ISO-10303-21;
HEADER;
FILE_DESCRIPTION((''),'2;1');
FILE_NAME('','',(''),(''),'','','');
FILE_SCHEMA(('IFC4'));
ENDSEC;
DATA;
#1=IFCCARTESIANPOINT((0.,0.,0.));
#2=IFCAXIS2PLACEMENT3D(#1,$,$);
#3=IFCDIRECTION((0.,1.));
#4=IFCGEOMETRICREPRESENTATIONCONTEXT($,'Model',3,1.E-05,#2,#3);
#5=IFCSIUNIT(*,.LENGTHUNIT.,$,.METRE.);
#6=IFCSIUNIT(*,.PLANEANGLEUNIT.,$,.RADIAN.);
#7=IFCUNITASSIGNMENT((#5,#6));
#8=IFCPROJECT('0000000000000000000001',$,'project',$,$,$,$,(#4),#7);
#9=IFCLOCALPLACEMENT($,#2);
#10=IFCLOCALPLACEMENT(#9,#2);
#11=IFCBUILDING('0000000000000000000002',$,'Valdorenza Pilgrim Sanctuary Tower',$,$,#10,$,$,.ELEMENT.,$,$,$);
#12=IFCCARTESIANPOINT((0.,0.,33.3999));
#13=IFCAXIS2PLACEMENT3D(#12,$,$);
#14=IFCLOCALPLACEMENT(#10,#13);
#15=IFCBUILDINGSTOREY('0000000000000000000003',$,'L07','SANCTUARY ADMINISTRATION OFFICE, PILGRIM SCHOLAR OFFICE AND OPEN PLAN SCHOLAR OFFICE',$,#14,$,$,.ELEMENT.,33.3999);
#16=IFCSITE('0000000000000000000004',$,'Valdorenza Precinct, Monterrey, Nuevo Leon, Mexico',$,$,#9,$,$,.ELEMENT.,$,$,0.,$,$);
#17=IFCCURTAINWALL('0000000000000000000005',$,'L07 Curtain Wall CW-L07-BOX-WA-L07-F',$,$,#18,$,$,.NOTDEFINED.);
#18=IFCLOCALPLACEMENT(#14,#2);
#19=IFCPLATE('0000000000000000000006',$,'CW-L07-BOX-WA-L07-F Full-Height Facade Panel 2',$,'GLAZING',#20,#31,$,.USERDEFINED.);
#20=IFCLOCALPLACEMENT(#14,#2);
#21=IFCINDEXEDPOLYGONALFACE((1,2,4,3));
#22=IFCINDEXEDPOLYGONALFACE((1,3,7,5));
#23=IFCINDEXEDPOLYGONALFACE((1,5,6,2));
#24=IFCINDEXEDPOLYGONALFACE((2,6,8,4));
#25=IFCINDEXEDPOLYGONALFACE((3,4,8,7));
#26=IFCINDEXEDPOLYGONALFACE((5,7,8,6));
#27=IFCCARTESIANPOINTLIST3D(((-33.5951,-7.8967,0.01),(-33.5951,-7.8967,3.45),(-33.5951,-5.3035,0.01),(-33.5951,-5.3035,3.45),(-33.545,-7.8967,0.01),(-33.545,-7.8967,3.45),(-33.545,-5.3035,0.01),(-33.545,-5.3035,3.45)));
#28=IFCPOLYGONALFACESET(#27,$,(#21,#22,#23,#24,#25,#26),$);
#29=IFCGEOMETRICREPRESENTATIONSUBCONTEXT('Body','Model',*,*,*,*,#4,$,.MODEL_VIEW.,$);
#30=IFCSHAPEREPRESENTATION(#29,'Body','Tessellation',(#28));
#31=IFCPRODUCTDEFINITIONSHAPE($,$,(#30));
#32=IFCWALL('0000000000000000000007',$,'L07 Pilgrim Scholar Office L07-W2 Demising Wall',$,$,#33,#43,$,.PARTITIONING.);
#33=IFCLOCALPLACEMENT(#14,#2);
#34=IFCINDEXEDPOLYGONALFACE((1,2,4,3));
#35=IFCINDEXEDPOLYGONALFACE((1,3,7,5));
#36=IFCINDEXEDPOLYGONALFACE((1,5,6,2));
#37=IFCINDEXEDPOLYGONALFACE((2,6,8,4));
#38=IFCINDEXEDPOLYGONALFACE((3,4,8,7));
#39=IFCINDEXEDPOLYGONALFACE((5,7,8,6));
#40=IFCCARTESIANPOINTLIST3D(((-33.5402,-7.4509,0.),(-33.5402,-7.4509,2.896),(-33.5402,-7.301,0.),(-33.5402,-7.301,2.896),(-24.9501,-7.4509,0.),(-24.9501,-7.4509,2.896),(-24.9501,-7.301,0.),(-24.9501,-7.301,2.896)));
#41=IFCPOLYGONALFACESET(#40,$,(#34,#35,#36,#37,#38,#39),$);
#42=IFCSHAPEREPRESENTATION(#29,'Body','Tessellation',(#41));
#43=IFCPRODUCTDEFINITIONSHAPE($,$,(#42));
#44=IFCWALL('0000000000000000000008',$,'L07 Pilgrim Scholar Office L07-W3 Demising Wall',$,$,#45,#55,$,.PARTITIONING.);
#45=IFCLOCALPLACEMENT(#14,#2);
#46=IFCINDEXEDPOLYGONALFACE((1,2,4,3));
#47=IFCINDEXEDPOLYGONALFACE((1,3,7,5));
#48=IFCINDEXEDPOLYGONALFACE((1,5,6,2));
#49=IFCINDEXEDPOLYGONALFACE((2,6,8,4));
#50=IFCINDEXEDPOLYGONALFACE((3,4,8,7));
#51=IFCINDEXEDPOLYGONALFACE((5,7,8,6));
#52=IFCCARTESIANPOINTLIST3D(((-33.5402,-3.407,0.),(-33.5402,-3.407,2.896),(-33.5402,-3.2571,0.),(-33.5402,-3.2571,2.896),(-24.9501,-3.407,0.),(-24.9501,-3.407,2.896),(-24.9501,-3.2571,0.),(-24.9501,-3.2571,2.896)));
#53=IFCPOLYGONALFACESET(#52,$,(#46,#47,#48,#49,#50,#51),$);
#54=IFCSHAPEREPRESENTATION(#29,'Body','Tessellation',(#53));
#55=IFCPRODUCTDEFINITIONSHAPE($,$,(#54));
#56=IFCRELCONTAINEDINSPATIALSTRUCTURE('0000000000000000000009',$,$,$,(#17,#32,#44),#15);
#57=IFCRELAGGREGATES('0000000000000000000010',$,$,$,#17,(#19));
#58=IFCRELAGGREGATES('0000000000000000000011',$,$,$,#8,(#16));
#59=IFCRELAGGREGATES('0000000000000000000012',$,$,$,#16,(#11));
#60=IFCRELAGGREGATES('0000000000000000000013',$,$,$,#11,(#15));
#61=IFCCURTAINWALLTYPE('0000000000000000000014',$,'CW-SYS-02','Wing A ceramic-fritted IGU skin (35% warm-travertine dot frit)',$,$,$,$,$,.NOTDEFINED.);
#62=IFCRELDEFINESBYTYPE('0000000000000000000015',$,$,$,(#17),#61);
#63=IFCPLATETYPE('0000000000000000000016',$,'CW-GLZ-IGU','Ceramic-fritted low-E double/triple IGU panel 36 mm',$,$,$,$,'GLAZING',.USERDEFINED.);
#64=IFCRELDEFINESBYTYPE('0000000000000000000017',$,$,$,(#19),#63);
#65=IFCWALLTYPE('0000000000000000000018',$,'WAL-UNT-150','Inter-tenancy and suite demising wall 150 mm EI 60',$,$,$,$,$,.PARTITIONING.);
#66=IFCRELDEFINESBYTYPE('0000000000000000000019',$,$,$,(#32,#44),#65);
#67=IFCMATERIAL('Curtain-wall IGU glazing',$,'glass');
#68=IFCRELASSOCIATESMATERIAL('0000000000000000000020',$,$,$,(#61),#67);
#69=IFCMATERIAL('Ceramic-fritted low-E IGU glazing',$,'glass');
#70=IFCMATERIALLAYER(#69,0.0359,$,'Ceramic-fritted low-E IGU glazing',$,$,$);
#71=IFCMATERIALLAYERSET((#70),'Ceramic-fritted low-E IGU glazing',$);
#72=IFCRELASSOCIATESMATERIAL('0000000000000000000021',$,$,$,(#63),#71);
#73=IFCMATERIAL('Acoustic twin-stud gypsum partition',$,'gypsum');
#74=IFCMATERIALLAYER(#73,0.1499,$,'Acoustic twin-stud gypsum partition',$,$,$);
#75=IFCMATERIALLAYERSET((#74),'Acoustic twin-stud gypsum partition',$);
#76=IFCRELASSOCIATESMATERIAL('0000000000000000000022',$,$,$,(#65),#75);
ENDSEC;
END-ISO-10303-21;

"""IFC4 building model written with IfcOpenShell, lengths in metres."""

from ifc_helpers import new_model, si_unit, direction, frame, frame_2d, origin, origin_2d, place, context, subcontext, project, spatial, rectangle, extrude, source, transform, mapped, material, layer, layer_set, type_object, element, aggregate, save


model = new_model("IFC4")

# Units and contexts
model_context = context("Model", 3, precision=1e-05, world=origin(), true_north=direction((0.0, 1.0)))
body_context = subcontext(model_context, "Body", "Model", "MODEL_VIEW")
ifc_project = project(units=[si_unit("LENGTHUNIT", "METRE"), si_unit("PLANEANGLEUNIT", "RADIAN")], contexts=[model_context])

# Site, building, storey
site_placement = place(None, origin())
site = spatial("IfcSite", under=ifc_project, at=site_placement, Name="Valdorenza Precinct, Monterrey, Nuevo Leon, Mexico", CompositionType="ELEMENT", RefElevation=0.0)
building_placement = place(site_placement, origin())
building = spatial("IfcBuilding", under=site, at=building_placement, Name="Valdorenza Pilgrim Sanctuary Tower", CompositionType="ELEMENT")
storey_placement = place(building_placement, frame((0.0, 0.0, 33.3999)))
storey = spatial("IfcBuildingStorey", under=building, at=storey_placement, Name="L07", Description="SANCTUARY ADMINISTRATION OFFICE, PILGRIM SCHOLAR OFFICE AND OPEN PLAN SCHOLAR OFFICE", CompositionType="ELEMENT", Elevation=33.3999)

# Shared definitions
ifc_material_1 = material(Name="Curtain-wall IGU glazing", Category="glass")
curtain_wall_type = type_object("IfcCurtainWallType", Name="CW-SYS-02", Description="Wing A ceramic-fritted IGU skin (35% warm-travertine dot frit)", PredefinedType="NOTDEFINED", material=ifc_material_1)

# Curtain wall
curtain_wall_1_placement = place(storey_placement, origin())
curtain_wall_1 = element("IfcCurtainWall", 1, at=curtain_wall_1_placement, inside=storey, type_object=curtain_wall_type, Name="L07 Curtain Wall CW-L07-BOX-WA-L07-F", PredefinedType="NOTDEFINED")

# Plate
ifc_material_2 = material(Name="Ceramic-fritted low-E IGU glazing", Category="glass")
ifc_layer_1 = layer(ifc_material_2, 0.0359, Name="Ceramic-fritted low-E IGU glazing")
ifc_layer_set_1 = layer_set([ifc_layer_1], Name="Ceramic-fritted low-E IGU glazing")
plate_type_1 = type_object("IfcPlateType", Name="CW-GLZ-IGU", Description="Ceramic-fritted low-E double/triple IGU panel 36 mm", ElementType="GLAZING", PredefinedType="USERDEFINED", material=ifc_layer_set_1)
shared_shape_1 = source(origin(), body_context, "Body", "SweptSolid", [
    extrude(rectangle(XDim=2.5933, YDim=0.05, at=origin_2d()), origin(), (0.0, 0.0, 1.0), 3.4399),
])
plate_1_placement = place(storey_placement, frame((-33.5701, -6.6001, 0.01), z_axis=(0.0, 0.0, 1.0), x_axis=(0.0, 1.0, 0.0)))
plate_1 = element("IfcPlate", 2, at=plate_1_placement, type_object=plate_type_1, Name="CW-L07-BOX-WA-L07-F Full-Height Facade Panel 2", ObjectType="GLAZING", PredefinedType="USERDEFINED", context=body_context, shape_type="MappedRepresentation", body=[
    mapped(shared_shape_1, transform((0.0, 0.0, 0.0), x_axis=(1.0, 0.0, 0.0), y_axis=(0.0, 1.0, 0.0), z_axis=(0.0, 0.0, 1.0), scale=1.0)),
])
aggregate(curtain_wall_1, [plate_1])

# Walls
ifc_material_3 = material(Name="Acoustic twin-stud gypsum partition", Category="gypsum")
ifc_layer_2 = layer(ifc_material_3, 0.1499, Name="Acoustic twin-stud gypsum partition")
ifc_layer_set_2 = layer_set([ifc_layer_2], Name="Acoustic twin-stud gypsum partition")
wall_type = type_object("IfcWallType", Name="WAL-UNT-150", Description="Inter-tenancy and suite demising wall 150 mm EI 60", PredefinedType="PARTITIONING", material=ifc_layer_set_2)
for number, where, z_axis, x_axis, name in (
    (3, (-33.54, -7.376, 0.0), (0.0, 0.0, 1.0), (1.0, 0.0, 0.0), "L07 Pilgrim Scholar Office L07-W2 Demising Wall"),
    (4, (-33.54, -3.332, 0.0), (0.0, 0.0, 1.0), (1.0, 0.0, 0.0), "L07 Pilgrim Scholar Office L07-W3 Demising Wall"),
):
    element("IfcWall", number, at=place(storey_placement, frame(where, z_axis=z_axis, x_axis=x_axis)), inside=storey, type_object=wall_type, Name=name, PredefinedType="PARTITIONING", context=body_context, shape_type="SweptSolid", body=[
        extrude(rectangle(XDim=8.5901, YDim=0.1499, at=frame_2d((4.2949, 0.0))), origin(), (0.0, 0.0, 1.0), 2.896),
    ])

save(model, "model.ifc")
